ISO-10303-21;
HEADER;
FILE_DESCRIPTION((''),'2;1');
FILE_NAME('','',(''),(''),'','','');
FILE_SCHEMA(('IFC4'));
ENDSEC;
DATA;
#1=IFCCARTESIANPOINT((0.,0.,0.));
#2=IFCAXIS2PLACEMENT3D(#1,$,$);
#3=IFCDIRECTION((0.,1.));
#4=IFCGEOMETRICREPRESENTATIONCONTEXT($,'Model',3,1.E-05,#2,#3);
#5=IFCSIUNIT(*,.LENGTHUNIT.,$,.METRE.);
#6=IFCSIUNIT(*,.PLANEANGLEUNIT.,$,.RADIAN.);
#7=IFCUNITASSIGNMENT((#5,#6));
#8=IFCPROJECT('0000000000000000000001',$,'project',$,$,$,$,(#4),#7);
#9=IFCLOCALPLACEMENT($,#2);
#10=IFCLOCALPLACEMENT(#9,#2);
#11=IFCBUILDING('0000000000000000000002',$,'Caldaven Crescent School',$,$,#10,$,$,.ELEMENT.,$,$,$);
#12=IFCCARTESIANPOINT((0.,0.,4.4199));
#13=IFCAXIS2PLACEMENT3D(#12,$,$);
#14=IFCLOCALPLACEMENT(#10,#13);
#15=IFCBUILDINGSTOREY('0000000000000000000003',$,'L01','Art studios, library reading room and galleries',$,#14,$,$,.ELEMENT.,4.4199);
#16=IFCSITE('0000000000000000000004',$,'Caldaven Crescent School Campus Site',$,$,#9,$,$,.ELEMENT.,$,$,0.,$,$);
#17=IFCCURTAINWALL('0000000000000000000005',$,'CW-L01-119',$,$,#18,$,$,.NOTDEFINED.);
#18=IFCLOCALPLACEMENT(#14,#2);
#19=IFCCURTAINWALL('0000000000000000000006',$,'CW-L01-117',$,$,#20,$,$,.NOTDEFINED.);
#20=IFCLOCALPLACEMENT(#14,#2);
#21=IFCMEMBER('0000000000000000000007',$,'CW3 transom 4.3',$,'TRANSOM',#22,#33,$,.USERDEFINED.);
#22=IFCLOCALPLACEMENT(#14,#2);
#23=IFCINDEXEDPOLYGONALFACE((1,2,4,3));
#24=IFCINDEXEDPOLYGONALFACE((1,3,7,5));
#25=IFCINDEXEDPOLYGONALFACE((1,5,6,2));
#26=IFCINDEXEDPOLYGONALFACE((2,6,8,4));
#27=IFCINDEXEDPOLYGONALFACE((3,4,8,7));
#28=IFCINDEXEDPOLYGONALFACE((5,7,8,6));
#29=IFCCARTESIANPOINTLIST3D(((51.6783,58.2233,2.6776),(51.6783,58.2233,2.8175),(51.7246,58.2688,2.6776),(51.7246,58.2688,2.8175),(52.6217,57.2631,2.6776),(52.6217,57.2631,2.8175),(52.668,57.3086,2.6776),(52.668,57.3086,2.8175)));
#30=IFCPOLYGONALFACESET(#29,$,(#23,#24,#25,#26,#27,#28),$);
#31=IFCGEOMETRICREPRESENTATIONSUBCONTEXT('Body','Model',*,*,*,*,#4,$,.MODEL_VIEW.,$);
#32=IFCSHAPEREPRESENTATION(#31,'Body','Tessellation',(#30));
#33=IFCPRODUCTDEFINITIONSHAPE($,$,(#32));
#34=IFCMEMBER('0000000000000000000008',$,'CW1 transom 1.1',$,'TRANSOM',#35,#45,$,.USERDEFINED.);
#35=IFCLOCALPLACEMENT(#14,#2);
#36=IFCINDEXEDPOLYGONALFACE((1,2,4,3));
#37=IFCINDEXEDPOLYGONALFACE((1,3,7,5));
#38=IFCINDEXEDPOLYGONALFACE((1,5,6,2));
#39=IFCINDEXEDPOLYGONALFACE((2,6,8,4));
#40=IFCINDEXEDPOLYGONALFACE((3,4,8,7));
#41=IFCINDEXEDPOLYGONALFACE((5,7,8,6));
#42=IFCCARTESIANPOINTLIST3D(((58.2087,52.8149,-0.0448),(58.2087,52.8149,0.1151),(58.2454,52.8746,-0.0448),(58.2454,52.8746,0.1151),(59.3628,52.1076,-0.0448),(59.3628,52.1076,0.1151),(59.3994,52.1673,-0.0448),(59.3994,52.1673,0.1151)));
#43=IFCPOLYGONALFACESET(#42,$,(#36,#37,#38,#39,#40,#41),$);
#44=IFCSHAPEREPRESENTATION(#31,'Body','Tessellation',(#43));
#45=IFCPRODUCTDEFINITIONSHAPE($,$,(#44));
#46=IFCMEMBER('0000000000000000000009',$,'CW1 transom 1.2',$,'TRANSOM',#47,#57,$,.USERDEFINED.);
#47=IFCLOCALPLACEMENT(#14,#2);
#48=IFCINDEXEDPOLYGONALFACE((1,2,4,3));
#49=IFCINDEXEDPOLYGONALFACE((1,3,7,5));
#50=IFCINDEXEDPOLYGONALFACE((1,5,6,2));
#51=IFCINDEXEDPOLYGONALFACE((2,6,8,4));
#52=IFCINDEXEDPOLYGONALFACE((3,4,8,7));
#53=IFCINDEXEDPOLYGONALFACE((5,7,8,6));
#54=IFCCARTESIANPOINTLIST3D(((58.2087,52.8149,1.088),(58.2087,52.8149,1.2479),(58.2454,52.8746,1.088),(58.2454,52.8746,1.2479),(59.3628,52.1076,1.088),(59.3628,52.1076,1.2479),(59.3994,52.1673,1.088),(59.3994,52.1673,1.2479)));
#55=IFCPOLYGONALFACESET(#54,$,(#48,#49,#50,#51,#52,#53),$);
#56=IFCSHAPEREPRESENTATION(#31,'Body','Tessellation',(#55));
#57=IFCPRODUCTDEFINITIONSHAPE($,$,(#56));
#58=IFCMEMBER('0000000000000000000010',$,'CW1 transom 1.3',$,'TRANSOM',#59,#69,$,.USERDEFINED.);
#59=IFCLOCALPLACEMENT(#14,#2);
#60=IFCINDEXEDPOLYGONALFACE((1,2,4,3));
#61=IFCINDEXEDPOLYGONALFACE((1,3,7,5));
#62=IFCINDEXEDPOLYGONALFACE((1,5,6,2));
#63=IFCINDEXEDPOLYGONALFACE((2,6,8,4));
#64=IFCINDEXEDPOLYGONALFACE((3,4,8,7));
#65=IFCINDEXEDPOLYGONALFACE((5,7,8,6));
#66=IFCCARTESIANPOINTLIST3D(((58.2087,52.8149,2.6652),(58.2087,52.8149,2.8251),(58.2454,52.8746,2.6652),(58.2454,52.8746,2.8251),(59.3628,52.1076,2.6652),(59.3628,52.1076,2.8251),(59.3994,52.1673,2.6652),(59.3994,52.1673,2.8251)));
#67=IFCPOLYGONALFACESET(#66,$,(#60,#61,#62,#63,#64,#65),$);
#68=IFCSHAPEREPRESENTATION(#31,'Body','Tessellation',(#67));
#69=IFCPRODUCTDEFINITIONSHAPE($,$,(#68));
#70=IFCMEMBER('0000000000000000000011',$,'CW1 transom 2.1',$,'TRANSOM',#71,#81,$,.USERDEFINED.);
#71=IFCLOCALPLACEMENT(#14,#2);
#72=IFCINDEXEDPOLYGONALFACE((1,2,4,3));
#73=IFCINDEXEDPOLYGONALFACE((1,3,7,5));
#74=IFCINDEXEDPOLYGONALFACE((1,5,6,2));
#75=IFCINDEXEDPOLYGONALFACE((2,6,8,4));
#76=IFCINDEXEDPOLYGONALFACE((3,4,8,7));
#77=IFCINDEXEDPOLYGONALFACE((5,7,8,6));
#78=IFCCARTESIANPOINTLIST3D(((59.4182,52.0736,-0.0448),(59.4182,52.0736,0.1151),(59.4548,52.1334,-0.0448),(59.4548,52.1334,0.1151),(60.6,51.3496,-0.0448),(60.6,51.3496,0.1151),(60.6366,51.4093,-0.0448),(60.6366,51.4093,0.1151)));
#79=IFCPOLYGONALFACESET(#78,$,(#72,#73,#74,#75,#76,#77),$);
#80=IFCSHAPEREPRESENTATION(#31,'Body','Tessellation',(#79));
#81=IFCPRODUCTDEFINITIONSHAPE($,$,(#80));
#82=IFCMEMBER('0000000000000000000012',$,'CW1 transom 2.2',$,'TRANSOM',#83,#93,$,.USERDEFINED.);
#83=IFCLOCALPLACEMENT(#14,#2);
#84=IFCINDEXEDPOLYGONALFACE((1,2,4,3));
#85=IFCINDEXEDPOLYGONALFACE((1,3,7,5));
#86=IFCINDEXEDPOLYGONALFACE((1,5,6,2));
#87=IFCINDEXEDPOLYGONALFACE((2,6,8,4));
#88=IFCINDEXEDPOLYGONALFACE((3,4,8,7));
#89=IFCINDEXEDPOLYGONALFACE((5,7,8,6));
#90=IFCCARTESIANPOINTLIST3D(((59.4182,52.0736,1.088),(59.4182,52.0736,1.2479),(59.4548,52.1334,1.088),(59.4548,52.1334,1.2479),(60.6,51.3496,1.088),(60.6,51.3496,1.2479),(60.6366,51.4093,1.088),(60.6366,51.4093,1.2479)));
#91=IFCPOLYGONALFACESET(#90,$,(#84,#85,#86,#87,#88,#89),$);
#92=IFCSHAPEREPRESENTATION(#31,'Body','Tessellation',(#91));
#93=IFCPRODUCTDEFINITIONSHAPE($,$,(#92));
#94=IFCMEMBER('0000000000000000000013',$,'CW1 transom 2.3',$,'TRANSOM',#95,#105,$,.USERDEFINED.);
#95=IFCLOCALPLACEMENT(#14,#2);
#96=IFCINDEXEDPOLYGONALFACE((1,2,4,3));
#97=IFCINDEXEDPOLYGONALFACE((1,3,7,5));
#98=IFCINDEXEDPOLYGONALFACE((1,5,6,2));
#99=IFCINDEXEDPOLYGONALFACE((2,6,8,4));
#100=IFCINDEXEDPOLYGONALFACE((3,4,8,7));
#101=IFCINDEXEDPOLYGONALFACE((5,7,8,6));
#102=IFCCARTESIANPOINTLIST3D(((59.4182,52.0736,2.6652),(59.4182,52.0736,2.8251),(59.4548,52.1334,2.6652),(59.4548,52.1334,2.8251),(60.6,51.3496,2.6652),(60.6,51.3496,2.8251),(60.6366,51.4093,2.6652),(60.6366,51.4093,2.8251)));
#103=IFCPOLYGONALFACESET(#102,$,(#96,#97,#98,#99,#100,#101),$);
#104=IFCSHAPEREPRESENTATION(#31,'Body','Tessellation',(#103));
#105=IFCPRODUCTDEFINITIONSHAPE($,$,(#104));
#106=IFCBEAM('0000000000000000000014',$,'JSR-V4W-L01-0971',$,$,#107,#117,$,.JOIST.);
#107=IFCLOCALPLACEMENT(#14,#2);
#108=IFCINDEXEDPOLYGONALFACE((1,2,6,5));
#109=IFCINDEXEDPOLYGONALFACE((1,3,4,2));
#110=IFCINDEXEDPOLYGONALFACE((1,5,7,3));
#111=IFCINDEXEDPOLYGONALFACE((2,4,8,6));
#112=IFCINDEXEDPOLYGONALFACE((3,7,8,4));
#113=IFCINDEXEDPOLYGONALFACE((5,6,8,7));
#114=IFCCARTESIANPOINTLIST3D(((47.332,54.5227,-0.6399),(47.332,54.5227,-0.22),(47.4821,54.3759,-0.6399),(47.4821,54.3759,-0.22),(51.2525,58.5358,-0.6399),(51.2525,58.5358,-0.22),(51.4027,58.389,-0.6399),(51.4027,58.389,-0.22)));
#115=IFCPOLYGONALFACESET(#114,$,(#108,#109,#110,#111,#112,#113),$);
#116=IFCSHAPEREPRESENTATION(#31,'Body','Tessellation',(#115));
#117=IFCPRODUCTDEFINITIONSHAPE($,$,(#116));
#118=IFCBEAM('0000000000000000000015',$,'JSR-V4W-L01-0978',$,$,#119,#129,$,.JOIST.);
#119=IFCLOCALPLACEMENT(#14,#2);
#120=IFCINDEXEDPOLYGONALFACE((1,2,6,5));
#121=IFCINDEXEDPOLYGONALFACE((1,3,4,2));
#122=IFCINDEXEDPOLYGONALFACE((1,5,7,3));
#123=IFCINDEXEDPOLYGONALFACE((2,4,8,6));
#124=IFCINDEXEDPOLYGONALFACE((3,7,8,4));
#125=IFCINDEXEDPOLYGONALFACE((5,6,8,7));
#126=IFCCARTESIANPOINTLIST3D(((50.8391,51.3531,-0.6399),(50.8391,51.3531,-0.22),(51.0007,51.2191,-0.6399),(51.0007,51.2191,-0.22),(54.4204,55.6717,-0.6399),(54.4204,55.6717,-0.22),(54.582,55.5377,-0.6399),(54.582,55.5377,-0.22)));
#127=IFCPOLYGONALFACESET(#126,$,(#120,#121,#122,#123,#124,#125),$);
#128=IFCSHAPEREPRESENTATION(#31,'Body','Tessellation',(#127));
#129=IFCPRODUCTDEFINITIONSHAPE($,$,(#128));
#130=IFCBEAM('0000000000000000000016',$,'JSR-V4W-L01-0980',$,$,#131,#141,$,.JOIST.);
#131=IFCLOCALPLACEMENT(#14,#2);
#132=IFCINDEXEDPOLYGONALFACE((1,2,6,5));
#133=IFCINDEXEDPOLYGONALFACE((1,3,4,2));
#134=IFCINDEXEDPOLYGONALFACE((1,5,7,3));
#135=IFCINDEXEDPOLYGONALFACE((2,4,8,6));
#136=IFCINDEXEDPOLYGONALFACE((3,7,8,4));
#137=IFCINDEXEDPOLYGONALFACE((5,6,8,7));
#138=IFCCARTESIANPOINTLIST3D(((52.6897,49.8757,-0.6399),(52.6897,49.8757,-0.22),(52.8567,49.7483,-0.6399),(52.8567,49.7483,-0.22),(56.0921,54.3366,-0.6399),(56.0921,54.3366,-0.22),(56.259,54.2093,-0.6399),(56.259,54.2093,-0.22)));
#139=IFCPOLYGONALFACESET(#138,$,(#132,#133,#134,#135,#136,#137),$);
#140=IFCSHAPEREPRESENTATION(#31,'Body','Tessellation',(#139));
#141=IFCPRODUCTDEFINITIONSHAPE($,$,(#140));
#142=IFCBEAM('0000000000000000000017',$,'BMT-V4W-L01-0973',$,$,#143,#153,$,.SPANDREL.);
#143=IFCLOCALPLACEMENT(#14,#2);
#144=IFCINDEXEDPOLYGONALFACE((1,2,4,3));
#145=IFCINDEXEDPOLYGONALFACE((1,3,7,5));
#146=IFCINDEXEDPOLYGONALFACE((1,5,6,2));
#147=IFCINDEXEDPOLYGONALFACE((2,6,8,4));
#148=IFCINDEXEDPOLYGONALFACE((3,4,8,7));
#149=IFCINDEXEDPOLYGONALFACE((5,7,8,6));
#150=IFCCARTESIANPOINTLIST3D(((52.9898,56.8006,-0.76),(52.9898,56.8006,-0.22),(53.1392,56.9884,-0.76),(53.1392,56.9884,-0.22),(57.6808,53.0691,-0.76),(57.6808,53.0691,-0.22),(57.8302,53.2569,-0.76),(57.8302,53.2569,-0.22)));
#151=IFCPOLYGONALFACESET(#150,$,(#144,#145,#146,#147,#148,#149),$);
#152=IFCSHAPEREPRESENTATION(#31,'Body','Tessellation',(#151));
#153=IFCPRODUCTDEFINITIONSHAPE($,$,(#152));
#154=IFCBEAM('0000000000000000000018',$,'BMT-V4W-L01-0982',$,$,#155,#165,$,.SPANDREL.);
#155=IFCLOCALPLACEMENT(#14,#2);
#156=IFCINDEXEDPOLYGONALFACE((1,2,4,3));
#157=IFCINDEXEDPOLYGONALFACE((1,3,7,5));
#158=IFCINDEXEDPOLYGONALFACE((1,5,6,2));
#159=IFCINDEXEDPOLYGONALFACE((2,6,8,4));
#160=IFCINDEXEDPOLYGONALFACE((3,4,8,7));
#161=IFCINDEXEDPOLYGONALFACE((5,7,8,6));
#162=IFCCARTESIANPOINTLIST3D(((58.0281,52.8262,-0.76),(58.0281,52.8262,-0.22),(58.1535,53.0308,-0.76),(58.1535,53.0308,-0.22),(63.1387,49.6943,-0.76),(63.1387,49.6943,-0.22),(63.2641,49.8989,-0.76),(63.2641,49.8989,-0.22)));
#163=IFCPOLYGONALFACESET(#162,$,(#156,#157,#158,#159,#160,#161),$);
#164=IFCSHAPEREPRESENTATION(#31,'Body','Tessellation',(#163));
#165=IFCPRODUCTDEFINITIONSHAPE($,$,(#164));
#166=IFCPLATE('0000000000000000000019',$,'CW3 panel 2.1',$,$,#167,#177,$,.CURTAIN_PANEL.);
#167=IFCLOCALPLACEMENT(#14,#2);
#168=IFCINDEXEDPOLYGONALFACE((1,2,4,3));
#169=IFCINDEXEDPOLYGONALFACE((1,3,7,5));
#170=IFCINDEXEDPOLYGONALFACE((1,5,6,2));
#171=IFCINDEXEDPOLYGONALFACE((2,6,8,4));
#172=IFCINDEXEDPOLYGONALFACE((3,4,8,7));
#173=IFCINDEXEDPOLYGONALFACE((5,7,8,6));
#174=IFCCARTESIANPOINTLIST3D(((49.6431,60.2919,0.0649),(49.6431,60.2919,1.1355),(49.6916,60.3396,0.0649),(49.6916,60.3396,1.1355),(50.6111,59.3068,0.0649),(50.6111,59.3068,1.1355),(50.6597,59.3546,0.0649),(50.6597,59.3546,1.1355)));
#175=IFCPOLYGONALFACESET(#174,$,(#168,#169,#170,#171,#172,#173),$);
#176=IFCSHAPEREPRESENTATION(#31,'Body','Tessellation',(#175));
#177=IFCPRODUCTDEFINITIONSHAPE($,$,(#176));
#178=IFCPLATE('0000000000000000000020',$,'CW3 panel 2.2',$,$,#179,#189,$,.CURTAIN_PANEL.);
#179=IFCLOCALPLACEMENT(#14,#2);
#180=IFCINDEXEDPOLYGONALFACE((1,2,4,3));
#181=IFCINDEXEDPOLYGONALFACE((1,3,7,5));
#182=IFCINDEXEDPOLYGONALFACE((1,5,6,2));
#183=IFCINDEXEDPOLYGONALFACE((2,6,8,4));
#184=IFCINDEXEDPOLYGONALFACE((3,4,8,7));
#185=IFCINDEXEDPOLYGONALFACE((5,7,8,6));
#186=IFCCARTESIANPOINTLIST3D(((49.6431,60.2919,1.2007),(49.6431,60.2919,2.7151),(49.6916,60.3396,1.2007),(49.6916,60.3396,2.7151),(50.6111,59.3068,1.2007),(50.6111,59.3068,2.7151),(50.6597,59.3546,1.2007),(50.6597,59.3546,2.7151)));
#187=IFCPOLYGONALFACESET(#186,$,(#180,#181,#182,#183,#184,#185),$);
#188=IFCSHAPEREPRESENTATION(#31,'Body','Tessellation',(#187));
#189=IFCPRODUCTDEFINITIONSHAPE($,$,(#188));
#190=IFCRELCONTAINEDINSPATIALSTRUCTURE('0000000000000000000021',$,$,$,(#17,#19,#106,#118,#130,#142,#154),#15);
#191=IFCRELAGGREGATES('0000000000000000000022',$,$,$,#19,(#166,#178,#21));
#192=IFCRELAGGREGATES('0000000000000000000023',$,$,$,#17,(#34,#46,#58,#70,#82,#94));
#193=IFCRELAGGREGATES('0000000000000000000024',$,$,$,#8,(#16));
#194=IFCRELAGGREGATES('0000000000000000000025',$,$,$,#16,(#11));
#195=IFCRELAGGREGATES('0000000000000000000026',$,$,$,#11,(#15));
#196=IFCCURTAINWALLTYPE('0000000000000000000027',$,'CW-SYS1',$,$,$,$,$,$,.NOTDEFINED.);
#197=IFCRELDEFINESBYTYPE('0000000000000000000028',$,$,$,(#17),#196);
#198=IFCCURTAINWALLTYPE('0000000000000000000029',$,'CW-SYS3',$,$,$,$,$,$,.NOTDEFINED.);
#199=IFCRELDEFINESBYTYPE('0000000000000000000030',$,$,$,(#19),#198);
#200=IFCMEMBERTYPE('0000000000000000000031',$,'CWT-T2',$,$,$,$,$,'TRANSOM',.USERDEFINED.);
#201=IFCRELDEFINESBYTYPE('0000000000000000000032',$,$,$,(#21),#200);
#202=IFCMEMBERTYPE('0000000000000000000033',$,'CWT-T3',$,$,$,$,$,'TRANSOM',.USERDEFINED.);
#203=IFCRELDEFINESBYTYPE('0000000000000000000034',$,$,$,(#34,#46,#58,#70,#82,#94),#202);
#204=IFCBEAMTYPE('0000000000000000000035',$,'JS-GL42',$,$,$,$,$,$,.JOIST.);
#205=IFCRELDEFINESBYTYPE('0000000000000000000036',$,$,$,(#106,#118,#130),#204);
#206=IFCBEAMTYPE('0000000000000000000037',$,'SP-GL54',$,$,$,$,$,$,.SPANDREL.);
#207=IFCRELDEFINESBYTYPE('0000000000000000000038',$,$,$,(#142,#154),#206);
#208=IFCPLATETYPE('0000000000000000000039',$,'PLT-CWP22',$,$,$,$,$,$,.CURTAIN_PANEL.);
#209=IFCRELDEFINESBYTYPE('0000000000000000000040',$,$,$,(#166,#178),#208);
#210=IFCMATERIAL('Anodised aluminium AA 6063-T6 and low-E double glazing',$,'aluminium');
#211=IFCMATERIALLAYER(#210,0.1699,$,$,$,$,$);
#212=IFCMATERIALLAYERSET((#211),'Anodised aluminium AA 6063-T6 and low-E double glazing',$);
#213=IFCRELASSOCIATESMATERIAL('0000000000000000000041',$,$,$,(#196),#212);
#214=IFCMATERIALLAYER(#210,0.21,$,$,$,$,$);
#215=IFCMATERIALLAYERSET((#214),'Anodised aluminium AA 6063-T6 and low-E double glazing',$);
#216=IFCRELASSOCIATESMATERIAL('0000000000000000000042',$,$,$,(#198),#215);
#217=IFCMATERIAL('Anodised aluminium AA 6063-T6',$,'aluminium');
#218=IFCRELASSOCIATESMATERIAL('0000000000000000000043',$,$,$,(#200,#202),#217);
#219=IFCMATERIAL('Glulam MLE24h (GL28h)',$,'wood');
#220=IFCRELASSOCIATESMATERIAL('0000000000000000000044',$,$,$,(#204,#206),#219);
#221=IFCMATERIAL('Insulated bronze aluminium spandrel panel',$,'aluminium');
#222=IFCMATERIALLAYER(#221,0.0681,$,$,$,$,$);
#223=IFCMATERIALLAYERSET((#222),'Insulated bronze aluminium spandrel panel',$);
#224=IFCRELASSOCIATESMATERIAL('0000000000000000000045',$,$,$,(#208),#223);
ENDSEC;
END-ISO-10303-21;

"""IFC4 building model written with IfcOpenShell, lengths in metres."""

from ifc_helpers import new_model, si_unit, direction, frame, origin, origin_2d, place, context, subcontext, project, spatial, rectangle, extrude, material, layer, layer_set, material_profile, profile_set, type_object, element, aggregate, save


model = new_model("IFC4")

# Units and contexts
model_context = context("Model", 3, precision=1e-05, world=origin(), true_north=direction((0.0, 1.0)))
body_context = subcontext(model_context, "Body", "Model", "MODEL_VIEW")
ifc_project = project(units=[si_unit("LENGTHUNIT", "METRE"), si_unit("PLANEANGLEUNIT", "RADIAN")], contexts=[model_context])

# Site, building, storey
site_placement = place(None, origin())
site = spatial("IfcSite", under=ifc_project, at=site_placement, Name="Caldaven Crescent School Campus Site", CompositionType="ELEMENT", RefElevation=0.0)
building_placement = place(site_placement, origin())
building = spatial("IfcBuilding", under=site, at=building_placement, Name="Caldaven Crescent School", CompositionType="ELEMENT")
storey_placement = place(building_placement, frame((0.0, 0.0, 4.4199)))
storey = spatial("IfcBuildingStorey", under=building, at=storey_placement, Name="L01", Description="Art studios, library reading room and galleries", CompositionType="ELEMENT", Elevation=4.4199)

# Shared definitions
ifc_material_1 = material(Name="Glulam MLE24h (GL28h)", Category="wood")

# Curtain walls, member
ifc_material_2 = material(Name="Anodised aluminium AA 6063-T6 and low-E double glazing", Category="aluminium")
ifc_layer_1 = layer(ifc_material_2, 0.1699)
ifc_layer_set_1 = layer_set([ifc_layer_1], Name="Anodised aluminium AA 6063-T6 and low-E double glazing")
curtain_wall_type_1 = type_object("IfcCurtainWallType", Name="CW-SYS1", PredefinedType="NOTDEFINED", material=ifc_layer_set_1)
curtain_wall_1_placement = place(storey_placement, origin())
curtain_wall_1 = element("IfcCurtainWall", 1, at=curtain_wall_1_placement, inside=storey, type_object=curtain_wall_type_1, Name="CW-L01-119", PredefinedType="NOTDEFINED")
ifc_material_3 = material(Name="Anodised aluminium AA 6063-T6", Category="aluminium")
ifc_layer_2 = layer(ifc_material_2, 0.21)
ifc_layer_set_2 = layer_set([ifc_layer_2], Name="Anodised aluminium AA 6063-T6 and low-E double glazing")
curtain_wall_type_2 = type_object("IfcCurtainWallType", Name="CW-SYS3", PredefinedType="NOTDEFINED", material=ifc_layer_set_2)
curtain_wall_2_placement = place(storey_placement, origin())
curtain_wall_2 = element("IfcCurtainWall", 2, at=curtain_wall_2_placement, inside=storey, type_object=curtain_wall_type_2, Name="CW-L01-117", PredefinedType="NOTDEFINED")
ifc_material_profile_1 = material_profile(ifc_material_3, rectangle(XDim=0.0649, YDim=0.1399, at=origin_2d()), Name="CWT 65x140")
ifc_profile_set_1 = profile_set([ifc_material_profile_1], Name="Anodised aluminium AA 6063-T6")
member_type_1 = type_object("IfcMemberType", Name="CWT-T2", ElementType="TRANSOM", PredefinedType="USERDEFINED", material=ifc_profile_set_1)
member_1_placement = place(storey_placement, frame((51.7014, 58.2461, 2.7476), z_axis=(0.700822, -0.713336, 0.0), x_axis=(0.713336, 0.700822, 0.0)))
member_1 = element("IfcMember", 3, at=member_1_placement, type_object=member_type_1, Name="CW3 transom 4.3", ObjectType="TRANSOM", PredefinedType="USERDEFINED", context=body_context, shape_type="SweptSolid", body=[
    extrude(rectangle(XDim=0.0649, YDim=0.1399, at=origin_2d()), origin(), (0.0, 0.0, 1.0), 1.3462),
])

# Members
ifc_material_profile_2 = material_profile(ifc_material_3, rectangle(XDim=0.0701, YDim=0.1599, at=origin_2d()), Name="CWT 70x160")
ifc_profile_set_2 = profile_set([ifc_material_profile_2], Name="Anodised aluminium AA 6063-T6")
member_type_2 = type_object("IfcMemberType", Name="CWT-T3", ElementType="TRANSOM", PredefinedType="USERDEFINED", material=ifc_profile_set_2)
member_2_placement = place(storey_placement, frame((58.2271, 52.8447, 0.0352), z_axis=(0.852617, -0.522537, 0.0), x_axis=(0.522537, 0.852617, 0.0)))
member_2 = element("IfcMember", 4, at=member_2_placement, type_object=member_type_2, Name="CW1 transom 1.1", ObjectType="TRANSOM", PredefinedType="USERDEFINED", context=body_context, shape_type="SweptSolid", body=[
    extrude(rectangle(XDim=0.0701, YDim=0.1599, at=origin_2d()), origin(), (0.0, 0.0, 1.0), 1.3535),
])
member_3_placement = place(storey_placement, frame((58.2271, 52.8447, 1.168), z_axis=(0.852617, -0.522537, 0.0), x_axis=(0.522537, 0.852617, 0.0)))
member_3 = element("IfcMember", 5, at=member_3_placement, type_object=member_type_2, Name="CW1 transom 1.2", ObjectType="TRANSOM", PredefinedType="USERDEFINED", context=body_context, shape_type="SweptSolid", body=[
    extrude(rectangle(XDim=0.0701, YDim=0.1599, at=origin_2d()), origin(), (0.0, 0.0, 1.0), 1.3535),
])
member_4_placement = place(storey_placement, frame((58.2271, 52.8447, 2.7451), z_axis=(0.852617, -0.522537, 0.0), x_axis=(0.522537, 0.852617, 0.0)))
member_4 = element("IfcMember", 6, at=member_4_placement, type_object=member_type_2, Name="CW1 transom 1.3", ObjectType="TRANSOM", PredefinedType="USERDEFINED", context=body_context, shape_type="SweptSolid", body=[
    extrude(rectangle(XDim=0.0701, YDim=0.1599, at=origin_2d()), origin(), (0.0, 0.0, 1.0), 1.3535),
])
member_5_placement = place(storey_placement, frame((59.4365, 52.1035, 0.0352), z_axis=(0.852685, -0.522426, 0.0), x_axis=(0.522426, 0.852685, 0.0)))
member_5 = element("IfcMember", 7, at=member_5_placement, type_object=member_type_2, Name="CW1 transom 2.1", ObjectType="TRANSOM", PredefinedType="USERDEFINED", context=body_context, shape_type="SweptSolid", body=[
    extrude(rectangle(XDim=0.0701, YDim=0.1599, at=origin_2d()), origin(), (0.0, 0.0, 1.0), 1.386),
])
member_6_placement = place(storey_placement, frame((59.4365, 52.1035, 1.168), z_axis=(0.852685, -0.522426, 0.0), x_axis=(0.522426, 0.852685, 0.0)))
member_6 = element("IfcMember", 8, at=member_6_placement, type_object=member_type_2, Name="CW1 transom 2.2", ObjectType="TRANSOM", PredefinedType="USERDEFINED", context=body_context, shape_type="SweptSolid", body=[
    extrude(rectangle(XDim=0.0701, YDim=0.1599, at=origin_2d()), origin(), (0.0, 0.0, 1.0), 1.386),
])
member_7_placement = place(storey_placement, frame((59.4365, 52.1035, 2.7451), z_axis=(0.852685, -0.522426, 0.0), x_axis=(0.522426, 0.852685, 0.0)))
member_7 = element("IfcMember", 9, at=member_7_placement, type_object=member_type_2, Name="CW1 transom 2.3", ObjectType="TRANSOM", PredefinedType="USERDEFINED", context=body_context, shape_type="SweptSolid", body=[
    extrude(rectangle(XDim=0.0701, YDim=0.1599, at=origin_2d()), origin(), (0.0, 0.0, 1.0), 1.386),
])

# Beams
ifc_material_profile_3 = material_profile(ifc_material_1, rectangle(XDim=0.21, YDim=0.4199, at=origin_2d()), Name="MLE 210x420")
ifc_profile_set_3 = profile_set([ifc_material_profile_3], Name="Glulam MLE24h (GL28h)")
beam_type_1 = type_object("IfcBeamType", Name="JS-GL42", PredefinedType="JOIST", material=ifc_profile_set_3)
for number, where, z_axis, x_axis, name in (
    (10, (51.3276, 58.4624, -0.4299), (-0.698813, -0.715305, 0.0), (0.715305, -0.698813, 0.0), "JSR-V4W-L01-0971"),
    (11, (54.5012, 55.6047, -0.4299), (-0.638338, -0.769756, 0.0), (0.769756, -0.638338, 0.0), "JSR-V4W-L01-0978"),
    (12, (56.1755, 54.2729, -0.4299), (-0.606442, -0.795128, 0.0), (0.795128, -0.606442, 0.0), "JSR-V4W-L01-0980"),
):
    element("IfcBeam", number, at=place(storey_placement, frame(where, z_axis=z_axis, x_axis=x_axis)), inside=storey, type_object=beam_type_1, Name=name, PredefinedType="JOIST", context=body_context, shape_type="SweptSolid", body=[
        extrude(rectangle(XDim=0.21, YDim=0.4199, at=origin_2d()), origin(), (0.0, 0.0, 1.0), 5.6104),
    ])
ifc_material_profile_4 = material_profile(ifc_material_1, rectangle(XDim=0.24, YDim=0.54, at=origin_2d()), Name="MLE 240x540")
ifc_profile_set_4 = profile_set([ifc_material_profile_4], Name="Glulam MLE24h (GL28h)")
beam_type_2 = type_object("IfcBeamType", Name="SP-GL54", PredefinedType="SPANDREL", material=ifc_profile_set_4)
beam_1_placement = place(storey_placement, frame((53.0645, 56.8945, -0.49), z_axis=(0.782598, -0.622527, 0.0), x_axis=(0.622527, 0.782598, 0.0)))
element("IfcBeam", 13, at=beam_1_placement, inside=storey, type_object=beam_type_2, Name="BMT-V4W-L01-0973", PredefinedType="SPANDREL", context=body_context, shape_type="SweptSolid", body=[
    extrude(rectangle(XDim=0.24, YDim=0.54, at=origin_2d()), origin(), (0.0, 0.0, 1.0), 5.9941),
])
beam_2_placement = place(storey_placement, frame((58.0908, 52.9285, -0.49), z_axis=(0.852636, -0.522506, 0.0), x_axis=(0.522506, 0.852636, 0.0)))
element("IfcBeam", 14, at=beam_2_placement, inside=storey, type_object=beam_type_2, Name="BMT-V4W-L01-0982", PredefinedType="SPANDREL", context=body_context, shape_type="SweptSolid", body=[
    extrude(rectangle(XDim=0.24, YDim=0.54, at=origin_2d()), origin(), (0.0, 0.0, 1.0), 5.9939),
])

# Plates
ifc_material_4 = material(Name="Insulated bronze aluminium spandrel panel", Category="aluminium")
ifc_layer_3 = layer(ifc_material_4, 0.0681)
ifc_layer_set_3 = layer_set([ifc_layer_3], Name="Insulated bronze aluminium spandrel panel")
plate_type_1 = type_object("IfcPlateType", Name="PLT-CWP22", PredefinedType="CURTAIN_PANEL", material=ifc_layer_set_3)
plate_1_placement = place(storey_placement, frame((50.1514, 59.8232, 0.0649), z_axis=(0.0, 0.0, 1.0), x_axis=(0.700909, -0.713251, 0.0)))
plate_1 = element("IfcPlate", 15, at=plate_1_placement, type_object=plate_type_1, Name="CW3 panel 2.1", PredefinedType="CURTAIN_PANEL", context=body_context, shape_type="SweptSolid", body=[
    extrude(rectangle(XDim=1.3811, YDim=0.0681, at=origin_2d()), origin(), (0.0, 0.0, 1.0), 1.0706),
])
plate_2_placement = place(storey_placement, frame((50.1514, 59.8232, 1.2007), z_axis=(0.0, 0.0, 1.0), x_axis=(0.700909, -0.713251, 0.0)))
plate_2 = element("IfcPlate", 16, at=plate_2_placement, type_object=plate_type_1, Name="CW3 panel 2.2", PredefinedType="CURTAIN_PANEL", context=body_context, shape_type="SweptSolid", body=[
    extrude(rectangle(XDim=1.3811, YDim=0.0681, at=origin_2d()), origin(), (0.0, 0.0, 1.0), 1.5144),
])
aggregate(curtain_wall_2, [plate_1, plate_2, member_1])
aggregate(curtain_wall_1, [member_2, member_3, member_4, member_5, member_6, member_7])

save(model, "model.ifc")
